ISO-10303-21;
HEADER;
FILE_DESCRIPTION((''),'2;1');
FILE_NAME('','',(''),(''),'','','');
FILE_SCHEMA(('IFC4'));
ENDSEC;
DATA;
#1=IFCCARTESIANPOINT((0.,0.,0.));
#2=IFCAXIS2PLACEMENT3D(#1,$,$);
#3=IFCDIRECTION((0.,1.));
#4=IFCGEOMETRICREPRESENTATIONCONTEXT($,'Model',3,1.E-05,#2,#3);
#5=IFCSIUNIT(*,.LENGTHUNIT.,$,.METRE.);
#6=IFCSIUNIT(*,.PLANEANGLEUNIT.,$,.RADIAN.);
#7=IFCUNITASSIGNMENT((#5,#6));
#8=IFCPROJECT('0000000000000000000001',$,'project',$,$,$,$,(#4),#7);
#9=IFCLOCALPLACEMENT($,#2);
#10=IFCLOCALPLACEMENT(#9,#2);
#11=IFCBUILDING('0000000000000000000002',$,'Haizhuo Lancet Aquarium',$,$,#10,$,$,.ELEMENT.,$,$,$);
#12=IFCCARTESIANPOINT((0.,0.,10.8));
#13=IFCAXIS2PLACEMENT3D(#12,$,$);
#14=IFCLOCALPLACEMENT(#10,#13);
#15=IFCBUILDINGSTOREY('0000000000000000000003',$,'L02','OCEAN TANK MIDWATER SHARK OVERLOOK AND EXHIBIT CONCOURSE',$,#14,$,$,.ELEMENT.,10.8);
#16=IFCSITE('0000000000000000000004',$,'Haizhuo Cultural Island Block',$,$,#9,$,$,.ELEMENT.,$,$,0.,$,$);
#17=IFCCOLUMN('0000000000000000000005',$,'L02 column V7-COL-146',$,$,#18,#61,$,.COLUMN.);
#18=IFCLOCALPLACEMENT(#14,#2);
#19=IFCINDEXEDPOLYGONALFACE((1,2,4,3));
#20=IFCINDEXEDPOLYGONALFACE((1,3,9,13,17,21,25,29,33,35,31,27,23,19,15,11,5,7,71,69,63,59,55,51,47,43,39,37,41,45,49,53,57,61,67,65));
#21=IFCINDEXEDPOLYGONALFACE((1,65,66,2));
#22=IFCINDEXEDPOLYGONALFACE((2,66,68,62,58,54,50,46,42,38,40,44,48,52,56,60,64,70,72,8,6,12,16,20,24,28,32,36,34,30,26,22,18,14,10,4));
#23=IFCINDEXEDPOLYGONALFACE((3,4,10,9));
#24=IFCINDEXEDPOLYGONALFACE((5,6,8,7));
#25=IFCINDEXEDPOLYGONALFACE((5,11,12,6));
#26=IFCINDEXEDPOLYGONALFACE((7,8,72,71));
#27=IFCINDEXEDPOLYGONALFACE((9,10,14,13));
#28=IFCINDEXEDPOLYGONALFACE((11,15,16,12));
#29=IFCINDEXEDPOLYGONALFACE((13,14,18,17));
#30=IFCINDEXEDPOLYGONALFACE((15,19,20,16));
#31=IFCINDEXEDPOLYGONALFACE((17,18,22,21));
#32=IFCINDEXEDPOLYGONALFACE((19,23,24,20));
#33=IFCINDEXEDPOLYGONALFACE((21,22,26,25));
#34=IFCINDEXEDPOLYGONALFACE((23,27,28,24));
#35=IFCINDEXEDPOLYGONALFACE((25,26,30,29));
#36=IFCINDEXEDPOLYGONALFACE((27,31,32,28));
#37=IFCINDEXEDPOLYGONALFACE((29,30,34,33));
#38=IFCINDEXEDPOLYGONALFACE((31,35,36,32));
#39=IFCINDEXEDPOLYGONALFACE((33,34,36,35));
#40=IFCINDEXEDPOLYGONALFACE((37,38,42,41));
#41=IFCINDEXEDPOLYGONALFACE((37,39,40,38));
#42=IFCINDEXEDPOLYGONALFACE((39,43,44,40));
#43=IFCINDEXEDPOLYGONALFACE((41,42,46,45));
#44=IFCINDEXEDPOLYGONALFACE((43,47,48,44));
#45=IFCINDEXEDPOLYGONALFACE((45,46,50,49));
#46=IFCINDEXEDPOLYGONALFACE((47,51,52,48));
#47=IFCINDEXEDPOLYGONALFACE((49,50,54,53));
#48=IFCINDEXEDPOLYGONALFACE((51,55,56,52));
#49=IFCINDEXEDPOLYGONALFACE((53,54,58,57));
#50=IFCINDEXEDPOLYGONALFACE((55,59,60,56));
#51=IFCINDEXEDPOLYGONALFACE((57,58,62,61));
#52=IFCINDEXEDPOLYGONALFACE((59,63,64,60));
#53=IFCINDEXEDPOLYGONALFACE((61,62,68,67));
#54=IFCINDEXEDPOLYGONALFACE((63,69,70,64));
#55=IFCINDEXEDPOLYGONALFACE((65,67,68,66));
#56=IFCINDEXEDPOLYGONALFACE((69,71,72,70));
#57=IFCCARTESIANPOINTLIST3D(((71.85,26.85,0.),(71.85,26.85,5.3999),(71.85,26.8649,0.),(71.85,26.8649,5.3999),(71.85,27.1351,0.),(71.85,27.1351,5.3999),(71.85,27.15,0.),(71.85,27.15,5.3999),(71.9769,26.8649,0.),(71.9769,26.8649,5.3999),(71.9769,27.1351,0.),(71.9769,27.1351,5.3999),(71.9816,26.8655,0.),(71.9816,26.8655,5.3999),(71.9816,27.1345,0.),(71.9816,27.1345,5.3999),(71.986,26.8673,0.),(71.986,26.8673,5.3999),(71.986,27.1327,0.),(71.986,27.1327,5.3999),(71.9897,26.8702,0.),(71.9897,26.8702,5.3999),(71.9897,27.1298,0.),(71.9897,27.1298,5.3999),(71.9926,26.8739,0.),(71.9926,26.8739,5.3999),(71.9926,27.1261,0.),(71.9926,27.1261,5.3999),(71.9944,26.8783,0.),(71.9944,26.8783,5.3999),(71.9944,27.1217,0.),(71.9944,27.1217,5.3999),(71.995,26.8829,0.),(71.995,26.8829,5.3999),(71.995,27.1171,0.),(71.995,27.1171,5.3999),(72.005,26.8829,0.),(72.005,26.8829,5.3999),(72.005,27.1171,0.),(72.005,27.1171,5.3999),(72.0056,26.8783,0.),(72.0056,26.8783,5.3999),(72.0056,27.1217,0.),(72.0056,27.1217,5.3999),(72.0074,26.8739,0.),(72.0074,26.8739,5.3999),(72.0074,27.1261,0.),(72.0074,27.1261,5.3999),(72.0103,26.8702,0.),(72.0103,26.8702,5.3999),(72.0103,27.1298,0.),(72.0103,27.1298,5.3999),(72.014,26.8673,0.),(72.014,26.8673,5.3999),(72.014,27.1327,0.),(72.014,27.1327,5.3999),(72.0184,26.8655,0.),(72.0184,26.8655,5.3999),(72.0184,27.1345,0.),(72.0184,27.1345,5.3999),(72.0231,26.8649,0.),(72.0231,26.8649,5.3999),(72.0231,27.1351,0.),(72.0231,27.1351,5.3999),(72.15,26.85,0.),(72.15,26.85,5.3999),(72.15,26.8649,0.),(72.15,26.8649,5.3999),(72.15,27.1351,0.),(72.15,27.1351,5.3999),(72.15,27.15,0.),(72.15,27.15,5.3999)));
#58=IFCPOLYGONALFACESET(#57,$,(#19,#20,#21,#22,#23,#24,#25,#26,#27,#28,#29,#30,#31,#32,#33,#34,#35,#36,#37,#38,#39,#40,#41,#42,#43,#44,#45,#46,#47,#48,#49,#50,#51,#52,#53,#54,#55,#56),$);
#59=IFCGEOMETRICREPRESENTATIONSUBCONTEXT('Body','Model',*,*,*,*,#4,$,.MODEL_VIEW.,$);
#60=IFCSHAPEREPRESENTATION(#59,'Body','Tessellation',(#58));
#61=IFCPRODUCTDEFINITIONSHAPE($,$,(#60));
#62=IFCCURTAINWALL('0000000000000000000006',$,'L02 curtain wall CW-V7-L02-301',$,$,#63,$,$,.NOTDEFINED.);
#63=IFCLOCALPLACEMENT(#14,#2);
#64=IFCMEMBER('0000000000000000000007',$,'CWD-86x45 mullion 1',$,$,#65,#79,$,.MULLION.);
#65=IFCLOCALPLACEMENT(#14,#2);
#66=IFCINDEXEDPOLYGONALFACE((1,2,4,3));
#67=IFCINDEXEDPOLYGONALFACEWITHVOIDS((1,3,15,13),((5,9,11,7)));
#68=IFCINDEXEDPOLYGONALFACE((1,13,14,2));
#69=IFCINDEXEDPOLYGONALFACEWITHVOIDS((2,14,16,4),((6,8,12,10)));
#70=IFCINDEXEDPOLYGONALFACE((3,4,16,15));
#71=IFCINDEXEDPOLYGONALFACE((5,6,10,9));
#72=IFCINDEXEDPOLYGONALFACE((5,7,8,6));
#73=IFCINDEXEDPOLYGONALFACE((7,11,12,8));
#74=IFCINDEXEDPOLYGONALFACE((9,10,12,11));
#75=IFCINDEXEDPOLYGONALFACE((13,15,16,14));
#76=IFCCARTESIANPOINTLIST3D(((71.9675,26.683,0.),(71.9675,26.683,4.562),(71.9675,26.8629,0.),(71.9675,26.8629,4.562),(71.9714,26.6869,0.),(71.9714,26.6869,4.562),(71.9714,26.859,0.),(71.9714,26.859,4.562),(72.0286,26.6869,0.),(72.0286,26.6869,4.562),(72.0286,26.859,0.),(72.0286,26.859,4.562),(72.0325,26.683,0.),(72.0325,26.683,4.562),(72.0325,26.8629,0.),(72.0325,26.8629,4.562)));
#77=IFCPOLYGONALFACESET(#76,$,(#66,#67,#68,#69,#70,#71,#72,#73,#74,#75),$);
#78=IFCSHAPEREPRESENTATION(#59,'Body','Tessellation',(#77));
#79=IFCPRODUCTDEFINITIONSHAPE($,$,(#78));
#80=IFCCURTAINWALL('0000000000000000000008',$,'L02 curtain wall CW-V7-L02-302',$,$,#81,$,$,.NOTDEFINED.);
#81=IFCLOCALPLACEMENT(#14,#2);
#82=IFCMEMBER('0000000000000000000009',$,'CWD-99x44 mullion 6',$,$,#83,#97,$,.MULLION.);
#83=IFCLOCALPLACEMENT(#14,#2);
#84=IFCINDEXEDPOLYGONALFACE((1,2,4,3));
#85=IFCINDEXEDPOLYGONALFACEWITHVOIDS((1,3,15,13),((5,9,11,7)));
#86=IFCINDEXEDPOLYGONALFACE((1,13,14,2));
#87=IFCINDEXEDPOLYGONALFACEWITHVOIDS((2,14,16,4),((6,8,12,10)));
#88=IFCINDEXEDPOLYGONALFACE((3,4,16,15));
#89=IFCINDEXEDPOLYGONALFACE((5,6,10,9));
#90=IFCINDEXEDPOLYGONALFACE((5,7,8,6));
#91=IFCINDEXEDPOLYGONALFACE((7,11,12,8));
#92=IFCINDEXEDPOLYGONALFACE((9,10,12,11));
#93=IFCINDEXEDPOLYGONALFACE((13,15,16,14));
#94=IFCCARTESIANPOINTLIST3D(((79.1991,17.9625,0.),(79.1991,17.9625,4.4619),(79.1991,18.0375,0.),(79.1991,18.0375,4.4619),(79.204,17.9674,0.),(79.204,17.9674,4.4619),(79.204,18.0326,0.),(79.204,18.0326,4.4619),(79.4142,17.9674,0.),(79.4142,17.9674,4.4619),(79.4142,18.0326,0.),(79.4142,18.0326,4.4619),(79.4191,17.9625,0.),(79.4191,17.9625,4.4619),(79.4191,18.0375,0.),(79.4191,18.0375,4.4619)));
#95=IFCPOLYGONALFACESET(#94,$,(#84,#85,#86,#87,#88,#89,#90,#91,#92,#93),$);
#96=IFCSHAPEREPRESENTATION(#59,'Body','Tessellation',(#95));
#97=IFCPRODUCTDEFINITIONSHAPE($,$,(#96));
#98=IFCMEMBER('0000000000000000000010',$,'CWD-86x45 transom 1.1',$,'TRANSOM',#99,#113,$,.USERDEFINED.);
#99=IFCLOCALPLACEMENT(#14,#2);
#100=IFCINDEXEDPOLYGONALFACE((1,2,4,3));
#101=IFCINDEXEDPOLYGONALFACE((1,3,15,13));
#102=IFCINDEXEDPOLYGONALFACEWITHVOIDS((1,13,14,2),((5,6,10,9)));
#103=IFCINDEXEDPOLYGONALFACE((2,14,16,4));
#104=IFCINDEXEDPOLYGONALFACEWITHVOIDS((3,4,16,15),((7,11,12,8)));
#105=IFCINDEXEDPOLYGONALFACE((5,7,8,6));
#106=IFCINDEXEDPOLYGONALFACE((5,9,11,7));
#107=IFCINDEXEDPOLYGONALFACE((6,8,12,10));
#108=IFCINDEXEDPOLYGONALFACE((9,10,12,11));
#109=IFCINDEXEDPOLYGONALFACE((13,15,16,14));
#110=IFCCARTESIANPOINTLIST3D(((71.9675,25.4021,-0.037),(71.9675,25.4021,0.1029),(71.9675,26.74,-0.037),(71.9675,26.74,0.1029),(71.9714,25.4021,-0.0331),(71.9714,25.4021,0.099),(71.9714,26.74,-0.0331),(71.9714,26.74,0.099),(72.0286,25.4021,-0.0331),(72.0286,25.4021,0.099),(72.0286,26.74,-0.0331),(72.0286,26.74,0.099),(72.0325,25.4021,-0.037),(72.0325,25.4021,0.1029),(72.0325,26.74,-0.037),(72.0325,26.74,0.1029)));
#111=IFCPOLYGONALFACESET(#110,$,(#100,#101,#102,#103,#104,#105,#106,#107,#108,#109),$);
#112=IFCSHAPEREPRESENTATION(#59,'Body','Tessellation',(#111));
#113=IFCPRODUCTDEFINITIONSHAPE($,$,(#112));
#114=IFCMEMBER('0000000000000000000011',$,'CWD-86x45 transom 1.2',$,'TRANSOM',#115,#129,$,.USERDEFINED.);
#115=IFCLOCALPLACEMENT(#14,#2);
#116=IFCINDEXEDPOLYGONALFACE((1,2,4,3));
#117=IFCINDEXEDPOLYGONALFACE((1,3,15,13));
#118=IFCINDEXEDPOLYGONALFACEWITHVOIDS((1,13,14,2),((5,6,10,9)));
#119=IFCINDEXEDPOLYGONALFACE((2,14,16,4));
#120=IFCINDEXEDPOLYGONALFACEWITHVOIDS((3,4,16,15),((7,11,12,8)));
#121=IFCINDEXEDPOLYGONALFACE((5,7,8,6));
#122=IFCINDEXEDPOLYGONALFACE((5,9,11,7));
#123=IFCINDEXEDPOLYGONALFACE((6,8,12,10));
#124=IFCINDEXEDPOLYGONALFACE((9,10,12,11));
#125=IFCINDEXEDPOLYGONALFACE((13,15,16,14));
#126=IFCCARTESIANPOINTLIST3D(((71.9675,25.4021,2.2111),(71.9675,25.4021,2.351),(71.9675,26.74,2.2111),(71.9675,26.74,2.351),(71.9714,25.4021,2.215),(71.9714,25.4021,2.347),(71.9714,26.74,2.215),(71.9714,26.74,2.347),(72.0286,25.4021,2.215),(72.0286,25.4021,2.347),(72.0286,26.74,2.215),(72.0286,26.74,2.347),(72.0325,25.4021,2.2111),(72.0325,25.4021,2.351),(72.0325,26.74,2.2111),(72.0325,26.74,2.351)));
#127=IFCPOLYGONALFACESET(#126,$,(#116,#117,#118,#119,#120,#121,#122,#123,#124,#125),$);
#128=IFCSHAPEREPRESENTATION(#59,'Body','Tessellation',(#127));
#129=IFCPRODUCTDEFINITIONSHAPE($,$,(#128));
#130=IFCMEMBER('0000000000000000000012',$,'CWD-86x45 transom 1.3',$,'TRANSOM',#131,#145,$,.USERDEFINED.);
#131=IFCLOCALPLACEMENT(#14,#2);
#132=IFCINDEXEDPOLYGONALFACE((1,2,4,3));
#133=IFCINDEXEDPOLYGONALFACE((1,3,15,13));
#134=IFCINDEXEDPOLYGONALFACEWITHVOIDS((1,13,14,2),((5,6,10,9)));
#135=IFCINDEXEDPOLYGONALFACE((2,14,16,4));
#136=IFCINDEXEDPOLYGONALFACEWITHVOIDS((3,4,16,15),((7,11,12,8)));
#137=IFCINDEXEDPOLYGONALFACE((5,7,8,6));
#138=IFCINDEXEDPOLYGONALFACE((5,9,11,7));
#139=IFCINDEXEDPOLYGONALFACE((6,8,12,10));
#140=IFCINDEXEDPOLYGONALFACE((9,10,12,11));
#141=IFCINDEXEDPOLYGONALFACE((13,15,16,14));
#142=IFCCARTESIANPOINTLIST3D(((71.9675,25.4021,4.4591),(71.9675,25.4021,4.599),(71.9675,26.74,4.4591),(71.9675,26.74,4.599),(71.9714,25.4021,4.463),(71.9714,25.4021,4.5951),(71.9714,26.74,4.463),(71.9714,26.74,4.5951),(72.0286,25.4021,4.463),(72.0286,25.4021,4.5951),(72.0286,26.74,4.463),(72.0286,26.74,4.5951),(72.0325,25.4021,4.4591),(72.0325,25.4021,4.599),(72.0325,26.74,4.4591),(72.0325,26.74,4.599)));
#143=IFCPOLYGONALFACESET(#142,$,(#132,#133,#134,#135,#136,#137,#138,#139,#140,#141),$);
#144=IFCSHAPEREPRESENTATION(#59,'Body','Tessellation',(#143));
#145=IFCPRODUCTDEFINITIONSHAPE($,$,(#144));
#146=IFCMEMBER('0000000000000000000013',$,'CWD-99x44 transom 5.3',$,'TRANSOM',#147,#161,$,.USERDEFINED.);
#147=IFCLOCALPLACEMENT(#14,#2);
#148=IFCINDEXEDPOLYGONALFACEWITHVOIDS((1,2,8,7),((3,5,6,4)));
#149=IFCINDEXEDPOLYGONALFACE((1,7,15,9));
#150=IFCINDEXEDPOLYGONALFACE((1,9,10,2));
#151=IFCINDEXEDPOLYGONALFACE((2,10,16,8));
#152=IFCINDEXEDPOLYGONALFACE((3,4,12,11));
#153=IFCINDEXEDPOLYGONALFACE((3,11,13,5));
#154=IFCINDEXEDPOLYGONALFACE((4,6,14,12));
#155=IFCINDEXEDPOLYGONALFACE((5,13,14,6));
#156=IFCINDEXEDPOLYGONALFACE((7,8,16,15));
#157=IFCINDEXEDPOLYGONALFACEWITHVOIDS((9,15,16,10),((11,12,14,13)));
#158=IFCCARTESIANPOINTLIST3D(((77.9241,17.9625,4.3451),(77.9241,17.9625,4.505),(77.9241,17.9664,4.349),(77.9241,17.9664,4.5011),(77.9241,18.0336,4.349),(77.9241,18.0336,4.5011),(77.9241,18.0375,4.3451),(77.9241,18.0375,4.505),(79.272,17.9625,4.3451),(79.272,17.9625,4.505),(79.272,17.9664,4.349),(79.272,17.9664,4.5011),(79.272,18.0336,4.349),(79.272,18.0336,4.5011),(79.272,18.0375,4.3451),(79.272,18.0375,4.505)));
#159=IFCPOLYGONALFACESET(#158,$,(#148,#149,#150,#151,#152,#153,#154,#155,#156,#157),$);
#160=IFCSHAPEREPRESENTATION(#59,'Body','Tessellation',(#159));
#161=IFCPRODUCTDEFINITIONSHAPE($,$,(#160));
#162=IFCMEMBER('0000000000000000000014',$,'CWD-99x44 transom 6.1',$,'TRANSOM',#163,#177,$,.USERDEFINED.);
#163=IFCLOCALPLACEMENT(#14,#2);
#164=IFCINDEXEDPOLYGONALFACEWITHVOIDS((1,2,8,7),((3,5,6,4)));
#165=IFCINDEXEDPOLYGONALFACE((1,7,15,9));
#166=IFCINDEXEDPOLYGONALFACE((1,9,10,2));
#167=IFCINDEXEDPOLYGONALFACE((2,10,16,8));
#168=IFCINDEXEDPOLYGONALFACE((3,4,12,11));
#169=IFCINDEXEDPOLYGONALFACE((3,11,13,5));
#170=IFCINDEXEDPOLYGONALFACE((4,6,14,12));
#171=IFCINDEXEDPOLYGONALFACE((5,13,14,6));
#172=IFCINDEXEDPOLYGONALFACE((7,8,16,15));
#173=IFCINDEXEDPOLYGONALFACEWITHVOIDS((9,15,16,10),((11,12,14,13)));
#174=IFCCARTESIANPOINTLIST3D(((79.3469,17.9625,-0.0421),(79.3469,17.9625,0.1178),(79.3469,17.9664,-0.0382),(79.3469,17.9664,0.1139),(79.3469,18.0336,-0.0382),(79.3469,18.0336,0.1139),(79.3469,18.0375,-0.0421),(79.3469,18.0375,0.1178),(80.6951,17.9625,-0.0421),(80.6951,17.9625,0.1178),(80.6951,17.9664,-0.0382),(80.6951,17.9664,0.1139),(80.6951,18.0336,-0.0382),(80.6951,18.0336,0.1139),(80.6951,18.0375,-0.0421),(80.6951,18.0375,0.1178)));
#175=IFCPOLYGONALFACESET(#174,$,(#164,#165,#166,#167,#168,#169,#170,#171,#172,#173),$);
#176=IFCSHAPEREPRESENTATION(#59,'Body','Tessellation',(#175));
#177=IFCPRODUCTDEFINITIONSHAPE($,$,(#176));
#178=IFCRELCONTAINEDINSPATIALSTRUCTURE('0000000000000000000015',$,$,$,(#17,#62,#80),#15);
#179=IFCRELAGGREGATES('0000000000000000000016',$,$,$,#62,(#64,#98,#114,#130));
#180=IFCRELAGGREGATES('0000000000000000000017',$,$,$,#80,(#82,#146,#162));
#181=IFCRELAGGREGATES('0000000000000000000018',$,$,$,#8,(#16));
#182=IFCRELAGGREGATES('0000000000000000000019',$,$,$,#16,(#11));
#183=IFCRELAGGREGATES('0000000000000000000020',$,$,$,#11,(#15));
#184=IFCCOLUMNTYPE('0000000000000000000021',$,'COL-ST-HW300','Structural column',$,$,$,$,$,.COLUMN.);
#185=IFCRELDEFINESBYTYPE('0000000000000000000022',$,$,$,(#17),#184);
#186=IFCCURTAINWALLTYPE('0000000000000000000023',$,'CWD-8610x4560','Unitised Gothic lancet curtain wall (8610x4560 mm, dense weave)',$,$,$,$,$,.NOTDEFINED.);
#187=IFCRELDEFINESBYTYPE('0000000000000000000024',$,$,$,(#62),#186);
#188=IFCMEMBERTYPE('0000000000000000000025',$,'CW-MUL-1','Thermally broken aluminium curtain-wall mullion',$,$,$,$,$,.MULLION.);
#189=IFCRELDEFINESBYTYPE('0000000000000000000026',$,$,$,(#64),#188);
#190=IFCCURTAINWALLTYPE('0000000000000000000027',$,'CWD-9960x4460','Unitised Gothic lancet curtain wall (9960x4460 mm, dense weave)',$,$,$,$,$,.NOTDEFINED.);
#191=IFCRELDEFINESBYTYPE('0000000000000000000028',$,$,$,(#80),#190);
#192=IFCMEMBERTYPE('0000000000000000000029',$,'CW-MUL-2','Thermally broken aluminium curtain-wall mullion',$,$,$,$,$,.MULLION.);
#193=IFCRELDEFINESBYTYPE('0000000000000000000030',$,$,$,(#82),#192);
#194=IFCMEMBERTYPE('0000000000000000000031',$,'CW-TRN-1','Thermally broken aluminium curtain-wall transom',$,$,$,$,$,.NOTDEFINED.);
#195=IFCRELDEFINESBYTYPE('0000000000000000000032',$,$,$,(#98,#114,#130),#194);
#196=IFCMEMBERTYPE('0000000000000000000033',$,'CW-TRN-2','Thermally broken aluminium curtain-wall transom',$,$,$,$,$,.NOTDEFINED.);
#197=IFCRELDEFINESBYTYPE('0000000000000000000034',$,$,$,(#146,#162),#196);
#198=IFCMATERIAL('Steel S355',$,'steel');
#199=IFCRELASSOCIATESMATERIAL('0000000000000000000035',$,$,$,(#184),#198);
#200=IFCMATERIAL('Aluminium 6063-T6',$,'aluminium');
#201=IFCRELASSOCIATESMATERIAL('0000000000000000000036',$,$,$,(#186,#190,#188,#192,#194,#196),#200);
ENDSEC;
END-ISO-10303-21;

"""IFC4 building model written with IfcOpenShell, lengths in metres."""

from ifc_helpers import new_model, si_unit, direction, frame, origin, origin_2d, place, context, subcontext, project, spatial, hollow_rectangle, i_section, extrude, material, material_profile, profile_set, type_object, element, aggregate, save


model = new_model("IFC4")

# Units and contexts
model_context = context("Model", 3, precision=1e-05, world=origin(), true_north=direction((0.0, 1.0)))
body_context = subcontext(model_context, "Body", "Model", "MODEL_VIEW")
ifc_project = project(units=[si_unit("LENGTHUNIT", "METRE"), si_unit("PLANEANGLEUNIT", "RADIAN")], contexts=[model_context])

# Site, building, storey
site_placement = place(None, origin())
site = spatial("IfcSite", under=ifc_project, at=site_placement, Name="Haizhuo Cultural Island Block", CompositionType="ELEMENT", RefElevation=0.0)
building_placement = place(site_placement, origin())
building = spatial("IfcBuilding", under=site, at=building_placement, Name="Haizhuo Lancet Aquarium", CompositionType="ELEMENT")
storey_placement = place(building_placement, frame((0.0, 0.0, 10.8)))
storey = spatial("IfcBuildingStorey", under=building, at=storey_placement, Name="L02", Description="OCEAN TANK MIDWATER SHARK OVERLOOK AND EXHIBIT CONCOURSE", CompositionType="ELEMENT", Elevation=10.8)

# Column
ifc_material_1 = material(Name="Steel S355", Category="steel")
ifc_material_profile_1 = material_profile(ifc_material_1, i_section(OverallWidth=0.3, OverallDepth=0.3, WebThickness=0.01, FlangeThickness=0.0149, FilletRadius=0.0181, at=origin_2d()), Name="HW 300x300x10x15")
ifc_profile_set_1 = profile_set([ifc_material_profile_1], Name="Steel S355")
column_type = type_object("IfcColumnType", Name="COL-ST-HW300", Description="Structural column", PredefinedType="COLUMN", material=ifc_profile_set_1)
column_placement = place(storey_placement, frame((72.0, 27.0, 0.0), z_axis=(0.0, 0.0, 1.0), x_axis=(1.0, 0.0, 0.0)))
element("IfcColumn", 1, at=column_placement, inside=storey, type_object=column_type, Name="L02 column V7-COL-146", PredefinedType="COLUMN", context=body_context, shape_type="SweptSolid", body=[
    extrude(i_section(OverallWidth=0.3, OverallDepth=0.3, WebThickness=0.01, FlangeThickness=0.0149, FilletRadius=0.0181, at=origin_2d()), origin(), (0.0, 0.0, 1.0), 5.3999),
])

# Curtain walls, members
ifc_material_2 = material(Name="Aluminium 6063-T6", Category="aluminium")
curtain_wall_type_1 = type_object("IfcCurtainWallType", Name="CWD-8610x4560", Description="Unitised Gothic lancet curtain wall (8610x4560 mm, dense weave)", PredefinedType="NOTDEFINED", material=ifc_material_2)
curtain_wall_1_placement = place(storey_placement, origin())
curtain_wall_1 = element("IfcCurtainWall", 2, at=curtain_wall_1_placement, inside=storey, type_object=curtain_wall_type_1, Name="L02 curtain wall CW-V7-L02-301", PredefinedType="NOTDEFINED")
ifc_material_profile_2 = material_profile(ifc_material_2, hollow_rectangle(XDim=0.0649, YDim=0.1799, WallThickness=0.0039, at=origin_2d()), Name="ALU-M 65x180x4")
ifc_profile_set_2 = profile_set([ifc_material_profile_2], Name="Aluminium 6063-T6")
member_type_1 = type_object("IfcMemberType", Name="CW-MUL-1", Description="Thermally broken aluminium curtain-wall mullion", PredefinedType="MULLION", material=ifc_profile_set_2)
member_1_placement = place(storey_placement, frame((72.0, 26.7729, 0.0), z_axis=(0.0, 0.0, 1.0), x_axis=(1.0, 0.0, 0.0)))
member_1 = element("IfcMember", 3, at=member_1_placement, type_object=member_type_1, Name="CWD-86x45 mullion 1", PredefinedType="MULLION", context=body_context, shape_type="SweptSolid", body=[
    extrude(hollow_rectangle(XDim=0.0649, YDim=0.1799, WallThickness=0.0039, at=origin_2d()), origin(), (0.0, 0.0, 1.0), 4.562),
])
curtain_wall_type_2 = type_object("IfcCurtainWallType", Name="CWD-9960x4460", Description="Unitised Gothic lancet curtain wall (9960x4460 mm, dense weave)", PredefinedType="NOTDEFINED", material=ifc_material_2)
curtain_wall_2_placement = place(storey_placement, origin())
curtain_wall_2 = element("IfcCurtainWall", 4, at=curtain_wall_2_placement, inside=storey, type_object=curtain_wall_type_2, Name="L02 curtain wall CW-V7-L02-302", PredefinedType="NOTDEFINED")
ifc_material_profile_3 = material_profile(ifc_material_2, hollow_rectangle(XDim=0.075, YDim=0.22, WallThickness=0.0049, at=origin_2d()), Name="ALU-M 75x220x5")
ifc_profile_set_3 = profile_set([ifc_material_profile_3], Name="Aluminium 6063-T6")
member_type_2 = type_object("IfcMemberType", Name="CW-MUL-2", Description="Thermally broken aluminium curtain-wall mullion", PredefinedType="MULLION", material=ifc_profile_set_3)
member_2_placement = place(storey_placement, frame((79.3091, 18.0, 0.0), z_axis=(0.0, 0.0, 1.0), x_axis=(0.0, 1.0, 0.0)))
member_2 = element("IfcMember", 5, at=member_2_placement, type_object=member_type_2, Name="CWD-99x44 mullion 6", PredefinedType="MULLION", context=body_context, shape_type="SweptSolid", body=[
    extrude(hollow_rectangle(XDim=0.075, YDim=0.22, WallThickness=0.0049, at=origin_2d()), origin(), (0.0, 0.0, 1.0), 4.4619),
])

# Members
ifc_material_profile_4 = material_profile(ifc_material_2, hollow_rectangle(XDim=0.0649, YDim=0.1399, WallThickness=0.0039, at=origin_2d()), Name="ALU-T 65x140x4")
ifc_profile_set_4 = profile_set([ifc_material_profile_4], Name="Aluminium 6063-T6")
member_type_3 = type_object("IfcMemberType", Name="CW-TRN-1", Description="Thermally broken aluminium curtain-wall transom", PredefinedType="NOTDEFINED", material=ifc_profile_set_4)
member_3_placement = place(storey_placement, frame((72.0, 26.74, 0.033), z_axis=(0.0, -1.0, 0.0), x_axis=(1.0, 0.0, 0.0)))
member_3 = element("IfcMember", 6, at=member_3_placement, type_object=member_type_3, Name="CWD-86x45 transom 1.1", ObjectType="TRANSOM", PredefinedType="USERDEFINED", context=body_context, shape_type="SweptSolid", body=[
    extrude(hollow_rectangle(XDim=0.0649, YDim=0.1399, WallThickness=0.0039, at=origin_2d()), origin(), (0.0, 0.0, 1.0), 1.3379),
])
member_4_placement = place(storey_placement, frame((72.0, 26.74, 2.281), z_axis=(0.0, -1.0, 0.0), x_axis=(1.0, 0.0, 0.0)))
member_4 = element("IfcMember", 7, at=member_4_placement, type_object=member_type_3, Name="CWD-86x45 transom 1.2", ObjectType="TRANSOM", PredefinedType="USERDEFINED", context=body_context, shape_type="SweptSolid", body=[
    extrude(hollow_rectangle(XDim=0.0649, YDim=0.1399, WallThickness=0.0039, at=origin_2d()), origin(), (0.0, 0.0, 1.0), 1.3379),
])
member_5_placement = place(storey_placement, frame((72.0, 26.74, 4.5291), z_axis=(0.0, -1.0, 0.0), x_axis=(1.0, 0.0, 0.0)))
member_5 = element("IfcMember", 8, at=member_5_placement, type_object=member_type_3, Name="CWD-86x45 transom 1.3", ObjectType="TRANSOM", PredefinedType="USERDEFINED", context=body_context, shape_type="SweptSolid", body=[
    extrude(hollow_rectangle(XDim=0.0649, YDim=0.1399, WallThickness=0.0039, at=origin_2d()), origin(), (0.0, 0.0, 1.0), 1.3379),
])
aggregate(curtain_wall_1, [member_1, member_3, member_4, member_5])
ifc_material_profile_5 = material_profile(ifc_material_2, hollow_rectangle(XDim=0.075, YDim=0.1599, WallThickness=0.0039, at=origin_2d()), Name="ALU-T 75x160x4")
ifc_profile_set_5 = profile_set([ifc_material_profile_5], Name="Aluminium 6063-T6")
member_type_4 = type_object("IfcMemberType", Name="CW-TRN-2", Description="Thermally broken aluminium curtain-wall transom", PredefinedType="NOTDEFINED", material=ifc_profile_set_5)
member_6_placement = place(storey_placement, frame((77.9241, 18.0, 4.425), z_axis=(1.0, 0.0, 0.0), x_axis=(0.0, 1.0, 0.0)))
member_6 = element("IfcMember", 9, at=member_6_placement, type_object=member_type_4, Name="CWD-99x44 transom 5.3", ObjectType="TRANSOM", PredefinedType="USERDEFINED", context=body_context, shape_type="SweptSolid", body=[
    extrude(hollow_rectangle(XDim=0.075, YDim=0.1599, WallThickness=0.0039, at=origin_2d()), origin(), (0.0, 0.0, 1.0), 1.3479),
])
member_7_placement = place(storey_placement, frame((79.3469, 18.0, 0.0378), z_axis=(1.0, 0.0, 0.0), x_axis=(0.0, 1.0, 0.0)))
member_7 = element("IfcMember", 10, at=member_7_placement, type_object=member_type_4, Name="CWD-99x44 transom 6.1", ObjectType="TRANSOM", PredefinedType="USERDEFINED", context=body_context, shape_type="SweptSolid", body=[
    extrude(hollow_rectangle(XDim=0.075, YDim=0.1599, WallThickness=0.0039, at=origin_2d()), origin(), (0.0, 0.0, 1.0), 1.3481),
])

aggregate(curtain_wall_2, [member_2, member_6, member_7])

save(model, "model.ifc")
